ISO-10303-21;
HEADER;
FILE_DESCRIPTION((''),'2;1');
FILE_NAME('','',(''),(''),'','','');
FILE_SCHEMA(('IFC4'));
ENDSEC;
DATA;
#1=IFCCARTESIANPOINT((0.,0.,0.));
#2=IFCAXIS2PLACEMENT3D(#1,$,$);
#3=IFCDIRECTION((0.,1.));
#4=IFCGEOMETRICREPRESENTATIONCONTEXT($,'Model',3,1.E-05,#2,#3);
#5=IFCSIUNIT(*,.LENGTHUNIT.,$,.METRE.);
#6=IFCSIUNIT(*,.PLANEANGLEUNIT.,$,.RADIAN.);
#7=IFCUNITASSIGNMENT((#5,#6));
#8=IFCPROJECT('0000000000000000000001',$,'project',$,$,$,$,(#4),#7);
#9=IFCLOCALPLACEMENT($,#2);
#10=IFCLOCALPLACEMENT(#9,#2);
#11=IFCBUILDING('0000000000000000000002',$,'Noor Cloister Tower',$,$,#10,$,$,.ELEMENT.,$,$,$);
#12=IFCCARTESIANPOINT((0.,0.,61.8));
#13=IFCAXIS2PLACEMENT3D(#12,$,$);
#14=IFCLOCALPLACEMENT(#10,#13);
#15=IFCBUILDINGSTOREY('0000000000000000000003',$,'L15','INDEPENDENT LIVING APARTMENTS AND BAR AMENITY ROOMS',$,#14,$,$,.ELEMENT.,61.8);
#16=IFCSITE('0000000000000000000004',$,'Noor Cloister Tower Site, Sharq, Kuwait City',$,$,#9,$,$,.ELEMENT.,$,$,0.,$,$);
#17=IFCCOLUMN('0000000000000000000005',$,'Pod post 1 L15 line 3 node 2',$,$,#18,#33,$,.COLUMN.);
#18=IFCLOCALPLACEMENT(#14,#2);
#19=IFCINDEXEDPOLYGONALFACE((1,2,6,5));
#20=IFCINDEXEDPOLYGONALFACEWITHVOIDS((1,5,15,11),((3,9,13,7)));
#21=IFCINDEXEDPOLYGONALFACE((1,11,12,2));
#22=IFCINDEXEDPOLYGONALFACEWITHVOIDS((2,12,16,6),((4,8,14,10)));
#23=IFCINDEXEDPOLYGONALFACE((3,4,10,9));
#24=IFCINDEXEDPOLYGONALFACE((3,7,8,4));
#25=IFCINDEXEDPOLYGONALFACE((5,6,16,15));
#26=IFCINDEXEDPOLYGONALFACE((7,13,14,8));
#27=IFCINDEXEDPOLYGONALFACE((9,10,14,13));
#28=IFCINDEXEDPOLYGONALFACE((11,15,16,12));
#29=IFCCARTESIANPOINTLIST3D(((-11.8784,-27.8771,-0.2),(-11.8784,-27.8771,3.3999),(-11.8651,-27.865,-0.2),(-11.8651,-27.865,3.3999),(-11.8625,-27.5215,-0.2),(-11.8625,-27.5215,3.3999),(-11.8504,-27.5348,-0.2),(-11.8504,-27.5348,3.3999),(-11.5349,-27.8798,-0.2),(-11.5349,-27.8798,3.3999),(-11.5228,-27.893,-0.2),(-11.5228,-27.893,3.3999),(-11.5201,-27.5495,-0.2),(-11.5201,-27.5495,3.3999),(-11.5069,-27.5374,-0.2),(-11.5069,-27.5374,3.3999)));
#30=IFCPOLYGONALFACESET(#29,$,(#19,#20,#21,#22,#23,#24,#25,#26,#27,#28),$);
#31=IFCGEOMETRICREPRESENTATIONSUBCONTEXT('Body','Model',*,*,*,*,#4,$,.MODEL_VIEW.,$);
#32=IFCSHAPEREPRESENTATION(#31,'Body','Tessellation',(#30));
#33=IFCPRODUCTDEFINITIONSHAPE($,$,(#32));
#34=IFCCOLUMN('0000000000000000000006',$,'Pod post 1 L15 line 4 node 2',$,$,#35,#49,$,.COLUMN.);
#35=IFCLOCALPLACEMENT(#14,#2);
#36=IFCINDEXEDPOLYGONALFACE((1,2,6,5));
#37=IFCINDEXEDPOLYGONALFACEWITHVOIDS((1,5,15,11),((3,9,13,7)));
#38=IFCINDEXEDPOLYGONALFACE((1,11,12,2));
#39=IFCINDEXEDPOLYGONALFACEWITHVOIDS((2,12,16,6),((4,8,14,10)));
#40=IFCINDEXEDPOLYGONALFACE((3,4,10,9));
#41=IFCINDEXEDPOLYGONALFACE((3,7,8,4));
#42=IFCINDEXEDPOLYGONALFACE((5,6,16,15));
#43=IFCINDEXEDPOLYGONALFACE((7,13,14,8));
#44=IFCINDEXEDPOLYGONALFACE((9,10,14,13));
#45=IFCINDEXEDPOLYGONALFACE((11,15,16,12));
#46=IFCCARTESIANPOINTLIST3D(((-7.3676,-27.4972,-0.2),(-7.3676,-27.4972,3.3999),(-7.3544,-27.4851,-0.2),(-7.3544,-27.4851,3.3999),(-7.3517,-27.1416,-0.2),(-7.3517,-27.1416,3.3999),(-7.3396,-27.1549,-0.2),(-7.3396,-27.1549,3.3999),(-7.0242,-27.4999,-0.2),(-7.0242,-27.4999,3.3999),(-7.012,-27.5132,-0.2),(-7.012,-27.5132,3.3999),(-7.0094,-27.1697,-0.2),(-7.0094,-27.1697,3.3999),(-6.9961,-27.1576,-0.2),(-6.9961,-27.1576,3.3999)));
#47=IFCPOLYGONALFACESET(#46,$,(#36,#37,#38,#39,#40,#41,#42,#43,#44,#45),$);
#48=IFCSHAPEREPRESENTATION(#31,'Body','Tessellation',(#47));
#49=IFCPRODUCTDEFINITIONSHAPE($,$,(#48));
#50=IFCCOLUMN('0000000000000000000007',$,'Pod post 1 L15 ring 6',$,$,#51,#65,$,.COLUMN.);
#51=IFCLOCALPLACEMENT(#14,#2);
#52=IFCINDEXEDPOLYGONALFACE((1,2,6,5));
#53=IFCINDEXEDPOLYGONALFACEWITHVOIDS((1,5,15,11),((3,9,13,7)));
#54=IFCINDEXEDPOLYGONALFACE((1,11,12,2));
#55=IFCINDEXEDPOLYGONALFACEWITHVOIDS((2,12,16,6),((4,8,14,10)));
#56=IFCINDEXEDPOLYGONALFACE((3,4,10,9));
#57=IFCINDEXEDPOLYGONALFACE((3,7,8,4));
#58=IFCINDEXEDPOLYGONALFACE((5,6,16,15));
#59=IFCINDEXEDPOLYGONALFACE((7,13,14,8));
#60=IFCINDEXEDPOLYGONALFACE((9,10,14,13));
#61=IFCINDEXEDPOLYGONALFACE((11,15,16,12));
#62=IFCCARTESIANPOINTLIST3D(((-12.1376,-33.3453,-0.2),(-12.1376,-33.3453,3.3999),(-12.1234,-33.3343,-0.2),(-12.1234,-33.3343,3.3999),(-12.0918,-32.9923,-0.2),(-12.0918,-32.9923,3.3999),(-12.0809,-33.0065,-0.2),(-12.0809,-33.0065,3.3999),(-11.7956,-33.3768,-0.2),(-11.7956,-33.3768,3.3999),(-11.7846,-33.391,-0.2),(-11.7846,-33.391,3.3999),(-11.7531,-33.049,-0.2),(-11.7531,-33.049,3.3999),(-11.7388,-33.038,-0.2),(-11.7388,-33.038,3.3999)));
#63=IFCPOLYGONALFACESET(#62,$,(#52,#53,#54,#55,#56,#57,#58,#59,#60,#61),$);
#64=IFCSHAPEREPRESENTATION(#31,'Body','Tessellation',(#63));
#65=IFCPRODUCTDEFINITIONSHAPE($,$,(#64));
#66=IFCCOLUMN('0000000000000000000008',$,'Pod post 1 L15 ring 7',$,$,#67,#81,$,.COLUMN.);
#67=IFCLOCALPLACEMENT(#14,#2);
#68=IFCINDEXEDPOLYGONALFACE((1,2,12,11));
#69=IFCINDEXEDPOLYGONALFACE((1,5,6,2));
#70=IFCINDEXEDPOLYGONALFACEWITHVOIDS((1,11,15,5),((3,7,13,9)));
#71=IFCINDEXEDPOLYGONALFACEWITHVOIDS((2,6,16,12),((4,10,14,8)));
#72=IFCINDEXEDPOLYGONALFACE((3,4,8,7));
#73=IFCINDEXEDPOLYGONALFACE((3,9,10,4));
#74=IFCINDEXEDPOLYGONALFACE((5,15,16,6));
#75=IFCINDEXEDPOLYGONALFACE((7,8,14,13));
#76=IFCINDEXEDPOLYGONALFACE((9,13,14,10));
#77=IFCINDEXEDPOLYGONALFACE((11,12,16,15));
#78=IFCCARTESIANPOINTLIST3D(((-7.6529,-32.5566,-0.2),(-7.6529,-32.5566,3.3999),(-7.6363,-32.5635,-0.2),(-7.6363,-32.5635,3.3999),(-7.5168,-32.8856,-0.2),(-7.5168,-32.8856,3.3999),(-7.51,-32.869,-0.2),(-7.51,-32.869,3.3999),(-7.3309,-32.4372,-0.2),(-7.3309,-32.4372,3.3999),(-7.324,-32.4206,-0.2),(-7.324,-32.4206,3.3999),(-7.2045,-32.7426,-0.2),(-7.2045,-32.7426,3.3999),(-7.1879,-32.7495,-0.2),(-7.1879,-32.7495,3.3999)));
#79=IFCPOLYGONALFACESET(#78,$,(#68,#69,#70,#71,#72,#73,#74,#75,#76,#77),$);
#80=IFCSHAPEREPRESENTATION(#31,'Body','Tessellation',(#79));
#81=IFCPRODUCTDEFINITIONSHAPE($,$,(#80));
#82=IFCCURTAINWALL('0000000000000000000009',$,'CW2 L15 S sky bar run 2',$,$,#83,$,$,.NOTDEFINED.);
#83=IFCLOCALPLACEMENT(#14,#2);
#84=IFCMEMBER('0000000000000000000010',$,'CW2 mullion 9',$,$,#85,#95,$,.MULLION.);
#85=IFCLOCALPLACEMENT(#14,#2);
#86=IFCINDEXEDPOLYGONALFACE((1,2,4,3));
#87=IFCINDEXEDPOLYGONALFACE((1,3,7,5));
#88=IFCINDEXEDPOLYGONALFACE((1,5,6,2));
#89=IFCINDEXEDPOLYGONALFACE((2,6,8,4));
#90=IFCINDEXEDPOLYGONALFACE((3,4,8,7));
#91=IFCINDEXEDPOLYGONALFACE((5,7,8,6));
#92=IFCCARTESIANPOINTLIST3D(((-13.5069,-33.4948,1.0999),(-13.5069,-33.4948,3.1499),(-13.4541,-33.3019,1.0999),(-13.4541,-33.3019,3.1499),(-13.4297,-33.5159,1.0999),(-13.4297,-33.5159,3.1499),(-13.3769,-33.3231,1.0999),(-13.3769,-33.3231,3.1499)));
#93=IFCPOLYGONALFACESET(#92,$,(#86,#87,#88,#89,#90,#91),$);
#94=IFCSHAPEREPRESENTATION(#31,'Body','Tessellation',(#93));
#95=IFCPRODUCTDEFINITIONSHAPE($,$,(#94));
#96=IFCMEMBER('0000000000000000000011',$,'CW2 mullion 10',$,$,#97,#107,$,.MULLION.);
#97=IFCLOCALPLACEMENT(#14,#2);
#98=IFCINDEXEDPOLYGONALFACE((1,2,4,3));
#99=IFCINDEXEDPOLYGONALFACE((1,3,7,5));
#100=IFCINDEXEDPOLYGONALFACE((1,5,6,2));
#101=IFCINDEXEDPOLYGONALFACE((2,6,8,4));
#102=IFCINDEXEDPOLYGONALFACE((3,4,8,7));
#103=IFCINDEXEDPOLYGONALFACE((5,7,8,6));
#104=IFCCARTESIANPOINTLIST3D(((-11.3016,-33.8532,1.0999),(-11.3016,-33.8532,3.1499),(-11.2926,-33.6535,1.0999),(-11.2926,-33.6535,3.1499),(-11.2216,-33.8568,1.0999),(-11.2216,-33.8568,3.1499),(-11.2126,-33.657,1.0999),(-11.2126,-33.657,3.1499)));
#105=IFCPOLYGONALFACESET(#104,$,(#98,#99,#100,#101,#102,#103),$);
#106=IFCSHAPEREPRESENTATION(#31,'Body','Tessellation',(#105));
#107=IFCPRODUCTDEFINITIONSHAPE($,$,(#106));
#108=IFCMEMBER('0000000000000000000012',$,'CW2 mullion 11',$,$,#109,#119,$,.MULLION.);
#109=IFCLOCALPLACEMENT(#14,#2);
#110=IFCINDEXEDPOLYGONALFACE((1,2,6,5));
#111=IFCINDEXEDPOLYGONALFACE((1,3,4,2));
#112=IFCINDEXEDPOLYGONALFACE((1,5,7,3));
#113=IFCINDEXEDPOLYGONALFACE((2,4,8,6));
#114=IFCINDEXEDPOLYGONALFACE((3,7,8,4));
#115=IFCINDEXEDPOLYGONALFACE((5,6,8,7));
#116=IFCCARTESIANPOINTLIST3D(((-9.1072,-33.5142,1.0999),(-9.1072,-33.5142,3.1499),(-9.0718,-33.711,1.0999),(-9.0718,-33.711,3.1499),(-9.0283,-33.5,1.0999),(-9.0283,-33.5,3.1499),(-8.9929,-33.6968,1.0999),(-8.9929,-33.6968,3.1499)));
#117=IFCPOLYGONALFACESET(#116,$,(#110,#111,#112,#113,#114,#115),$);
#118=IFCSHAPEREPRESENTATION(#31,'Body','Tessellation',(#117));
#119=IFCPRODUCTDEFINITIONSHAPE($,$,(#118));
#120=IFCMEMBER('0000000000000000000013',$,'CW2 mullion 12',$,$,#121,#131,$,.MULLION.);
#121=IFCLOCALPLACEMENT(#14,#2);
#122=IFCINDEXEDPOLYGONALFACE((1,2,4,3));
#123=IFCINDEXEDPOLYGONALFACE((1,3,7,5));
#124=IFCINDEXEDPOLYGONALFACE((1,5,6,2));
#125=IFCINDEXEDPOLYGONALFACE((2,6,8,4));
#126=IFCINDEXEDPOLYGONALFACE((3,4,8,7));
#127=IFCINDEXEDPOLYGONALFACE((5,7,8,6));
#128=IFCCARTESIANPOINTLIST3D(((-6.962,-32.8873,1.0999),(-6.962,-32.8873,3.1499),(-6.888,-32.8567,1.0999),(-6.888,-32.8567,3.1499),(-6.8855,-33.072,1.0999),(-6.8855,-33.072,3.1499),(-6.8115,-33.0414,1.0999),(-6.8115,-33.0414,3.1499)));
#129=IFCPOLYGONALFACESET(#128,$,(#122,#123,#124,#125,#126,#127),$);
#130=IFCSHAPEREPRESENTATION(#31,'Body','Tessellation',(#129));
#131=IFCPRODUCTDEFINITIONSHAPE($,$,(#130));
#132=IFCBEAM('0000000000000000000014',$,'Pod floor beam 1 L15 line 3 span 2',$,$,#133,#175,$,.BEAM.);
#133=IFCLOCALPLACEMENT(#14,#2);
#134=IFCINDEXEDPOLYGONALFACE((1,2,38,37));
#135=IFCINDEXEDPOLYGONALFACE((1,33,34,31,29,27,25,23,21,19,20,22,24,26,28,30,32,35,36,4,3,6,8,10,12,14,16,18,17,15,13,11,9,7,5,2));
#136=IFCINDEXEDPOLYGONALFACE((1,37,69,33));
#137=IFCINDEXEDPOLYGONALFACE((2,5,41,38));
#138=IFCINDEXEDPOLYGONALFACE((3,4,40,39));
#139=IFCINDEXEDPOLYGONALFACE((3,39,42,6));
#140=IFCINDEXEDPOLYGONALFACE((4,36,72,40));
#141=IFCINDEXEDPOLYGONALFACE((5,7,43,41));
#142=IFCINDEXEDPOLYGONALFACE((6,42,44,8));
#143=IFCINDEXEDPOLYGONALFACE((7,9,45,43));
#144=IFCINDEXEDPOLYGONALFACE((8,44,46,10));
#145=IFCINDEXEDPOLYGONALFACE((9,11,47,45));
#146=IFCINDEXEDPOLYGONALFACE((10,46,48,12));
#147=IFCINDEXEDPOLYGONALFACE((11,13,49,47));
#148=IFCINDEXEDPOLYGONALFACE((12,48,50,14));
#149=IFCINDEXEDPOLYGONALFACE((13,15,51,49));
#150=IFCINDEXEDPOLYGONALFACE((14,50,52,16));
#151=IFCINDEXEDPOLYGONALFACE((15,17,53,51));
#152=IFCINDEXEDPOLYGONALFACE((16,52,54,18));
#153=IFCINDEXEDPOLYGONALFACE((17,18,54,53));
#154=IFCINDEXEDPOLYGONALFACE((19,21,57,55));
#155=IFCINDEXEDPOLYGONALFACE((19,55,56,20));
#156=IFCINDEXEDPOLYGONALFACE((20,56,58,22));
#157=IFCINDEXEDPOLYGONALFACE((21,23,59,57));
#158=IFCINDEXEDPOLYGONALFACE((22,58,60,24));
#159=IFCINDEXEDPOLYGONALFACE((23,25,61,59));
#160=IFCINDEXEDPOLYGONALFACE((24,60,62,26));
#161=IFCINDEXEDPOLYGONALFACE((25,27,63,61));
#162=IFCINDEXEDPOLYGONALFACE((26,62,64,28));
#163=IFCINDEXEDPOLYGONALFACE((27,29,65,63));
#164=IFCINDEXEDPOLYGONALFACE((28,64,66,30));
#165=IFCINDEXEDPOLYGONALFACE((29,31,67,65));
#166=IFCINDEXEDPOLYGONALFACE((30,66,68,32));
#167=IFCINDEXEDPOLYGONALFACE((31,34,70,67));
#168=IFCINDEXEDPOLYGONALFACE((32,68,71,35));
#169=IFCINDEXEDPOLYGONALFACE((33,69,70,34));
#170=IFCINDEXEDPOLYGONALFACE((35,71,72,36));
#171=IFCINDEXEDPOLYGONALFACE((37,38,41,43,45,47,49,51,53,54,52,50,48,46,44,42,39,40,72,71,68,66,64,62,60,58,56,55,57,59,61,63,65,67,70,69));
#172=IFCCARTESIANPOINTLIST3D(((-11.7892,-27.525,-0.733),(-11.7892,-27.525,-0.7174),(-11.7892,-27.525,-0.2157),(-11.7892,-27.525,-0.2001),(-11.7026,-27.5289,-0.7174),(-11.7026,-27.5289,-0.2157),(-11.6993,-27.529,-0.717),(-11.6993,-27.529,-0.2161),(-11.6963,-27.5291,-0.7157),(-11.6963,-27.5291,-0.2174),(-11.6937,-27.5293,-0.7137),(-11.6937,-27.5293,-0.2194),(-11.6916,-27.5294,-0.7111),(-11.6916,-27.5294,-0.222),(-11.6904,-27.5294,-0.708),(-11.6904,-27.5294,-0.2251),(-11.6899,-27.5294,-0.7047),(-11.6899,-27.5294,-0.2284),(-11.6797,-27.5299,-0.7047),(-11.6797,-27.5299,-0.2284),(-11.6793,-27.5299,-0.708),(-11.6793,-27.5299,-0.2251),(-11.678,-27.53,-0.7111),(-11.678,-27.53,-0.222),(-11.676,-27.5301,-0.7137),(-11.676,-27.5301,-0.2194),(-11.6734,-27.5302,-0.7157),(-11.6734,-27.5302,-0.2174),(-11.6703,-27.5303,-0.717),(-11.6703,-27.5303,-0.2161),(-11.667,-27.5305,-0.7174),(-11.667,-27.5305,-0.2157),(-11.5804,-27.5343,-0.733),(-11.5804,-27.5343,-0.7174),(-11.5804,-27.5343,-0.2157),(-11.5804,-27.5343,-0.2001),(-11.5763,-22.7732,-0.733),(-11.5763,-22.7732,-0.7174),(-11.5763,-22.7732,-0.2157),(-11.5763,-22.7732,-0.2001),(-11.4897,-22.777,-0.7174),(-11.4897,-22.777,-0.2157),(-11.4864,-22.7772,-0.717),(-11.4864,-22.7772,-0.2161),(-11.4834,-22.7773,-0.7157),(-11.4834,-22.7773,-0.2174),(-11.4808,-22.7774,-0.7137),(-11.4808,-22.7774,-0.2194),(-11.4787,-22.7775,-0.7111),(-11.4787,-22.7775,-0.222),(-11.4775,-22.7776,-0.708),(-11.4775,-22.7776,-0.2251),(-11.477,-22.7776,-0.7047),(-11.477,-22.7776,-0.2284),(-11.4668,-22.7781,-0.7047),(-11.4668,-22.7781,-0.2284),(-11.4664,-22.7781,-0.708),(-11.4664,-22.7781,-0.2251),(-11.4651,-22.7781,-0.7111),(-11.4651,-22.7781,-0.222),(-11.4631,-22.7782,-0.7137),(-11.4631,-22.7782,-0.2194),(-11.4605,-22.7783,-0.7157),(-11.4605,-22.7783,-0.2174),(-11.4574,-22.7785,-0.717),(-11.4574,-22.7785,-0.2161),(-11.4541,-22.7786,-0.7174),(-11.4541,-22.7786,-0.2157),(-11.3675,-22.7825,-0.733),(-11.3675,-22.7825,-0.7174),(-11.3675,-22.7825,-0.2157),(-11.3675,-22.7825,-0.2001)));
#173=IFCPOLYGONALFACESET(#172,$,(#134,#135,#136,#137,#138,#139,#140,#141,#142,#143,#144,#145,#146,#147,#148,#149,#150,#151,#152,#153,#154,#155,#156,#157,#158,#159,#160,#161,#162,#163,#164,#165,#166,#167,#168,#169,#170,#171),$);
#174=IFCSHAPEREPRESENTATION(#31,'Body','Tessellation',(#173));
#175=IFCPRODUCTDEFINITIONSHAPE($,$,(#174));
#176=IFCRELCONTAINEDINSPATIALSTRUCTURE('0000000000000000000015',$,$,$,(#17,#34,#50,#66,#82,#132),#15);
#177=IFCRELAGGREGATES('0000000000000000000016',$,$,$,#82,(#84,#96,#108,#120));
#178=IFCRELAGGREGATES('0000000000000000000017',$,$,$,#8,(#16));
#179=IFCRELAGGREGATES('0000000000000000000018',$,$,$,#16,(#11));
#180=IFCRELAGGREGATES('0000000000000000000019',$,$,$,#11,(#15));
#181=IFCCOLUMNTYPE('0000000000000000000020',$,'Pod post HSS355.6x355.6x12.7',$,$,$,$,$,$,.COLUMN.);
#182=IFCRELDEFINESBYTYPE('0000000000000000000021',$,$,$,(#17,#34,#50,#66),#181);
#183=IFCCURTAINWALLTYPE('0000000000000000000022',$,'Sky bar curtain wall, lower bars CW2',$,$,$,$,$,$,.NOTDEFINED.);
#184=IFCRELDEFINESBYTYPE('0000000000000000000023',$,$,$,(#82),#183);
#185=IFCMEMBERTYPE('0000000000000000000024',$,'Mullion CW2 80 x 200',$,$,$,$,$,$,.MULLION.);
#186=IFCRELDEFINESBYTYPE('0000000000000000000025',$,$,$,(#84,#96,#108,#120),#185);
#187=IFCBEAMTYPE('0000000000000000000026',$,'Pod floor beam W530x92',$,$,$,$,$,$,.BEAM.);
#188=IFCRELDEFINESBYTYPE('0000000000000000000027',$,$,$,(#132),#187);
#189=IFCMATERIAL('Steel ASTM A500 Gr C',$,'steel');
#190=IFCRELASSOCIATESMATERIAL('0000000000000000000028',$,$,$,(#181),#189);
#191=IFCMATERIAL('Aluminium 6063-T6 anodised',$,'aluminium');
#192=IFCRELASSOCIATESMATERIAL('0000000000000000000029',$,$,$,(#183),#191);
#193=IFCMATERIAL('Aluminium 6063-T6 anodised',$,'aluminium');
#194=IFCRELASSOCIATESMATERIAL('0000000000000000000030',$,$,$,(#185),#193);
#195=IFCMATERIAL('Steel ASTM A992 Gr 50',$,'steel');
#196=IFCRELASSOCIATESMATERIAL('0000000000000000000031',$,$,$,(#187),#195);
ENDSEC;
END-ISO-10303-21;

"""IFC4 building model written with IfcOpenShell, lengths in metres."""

from ifc_helpers import new_model, si_unit, direction, frame, origin, origin_2d, place, context, subcontext, project, spatial, rectangle, hollow_rectangle, i_section, extrude, material, material_profile, profile_set, type_object, element, aggregate, save


model = new_model("IFC4")

# Units and contexts
model_context = context("Model", 3, precision=1e-05, world=origin(), true_north=direction((0.0, 1.0)))
body_context = subcontext(model_context, "Body", "Model", "MODEL_VIEW")
ifc_project = project(units=[si_unit("LENGTHUNIT", "METRE"), si_unit("PLANEANGLEUNIT", "RADIAN")], contexts=[model_context])

# Site, building, storey
site_placement = place(None, origin())
site = spatial("IfcSite", under=ifc_project, at=site_placement, Name="Noor Cloister Tower Site, Sharq, Kuwait City", CompositionType="ELEMENT", RefElevation=0.0)
building_placement = place(site_placement, origin())
building = spatial("IfcBuilding", under=site, at=building_placement, Name="Noor Cloister Tower", CompositionType="ELEMENT")
storey_placement = place(building_placement, frame((0.0, 0.0, 61.8)))
storey = spatial("IfcBuildingStorey", under=building, at=storey_placement, Name="L15", Description="INDEPENDENT LIVING APARTMENTS AND BAR AMENITY ROOMS", CompositionType="ELEMENT", Elevation=61.8)

# Columns
ifc_material_1 = material(Name="Steel ASTM A500 Gr C", Category="steel")
ifc_material_profile_1 = material_profile(ifc_material_1, hollow_rectangle(XDim=0.356, YDim=0.356, WallThickness=0.0127, at=origin_2d()), Name="HSS355.6x355.6x12.7")
ifc_profile_set_1 = profile_set([ifc_material_profile_1], Name="Steel ASTM A500 Gr C")
column_type = type_object("IfcColumnType", Name="Pod post HSS355.6x355.6x12.7", PredefinedType="COLUMN", material=ifc_profile_set_1)
for number, where, z_axis, x_axis, name in (
    (1, (-11.6926, -27.7073, -0.2), (0.0, 0.0, 1.0), (-0.044724, -0.998999, 0.0), "Pod post 1 L15 line 3 node 2"),
    (2, (-7.1819, -27.3274, -0.2), (0.0, 0.0, 1.0), (-0.044724, -0.998999, 0.0), "Pod post 1 L15 line 4 node 2"),
    (3, (-11.9382, -33.1917, -0.2), (0.0, 0.0, 1.0), (0.991694, -0.128621, 0.0), "Pod post 1 L15 ring 6"),
    (4, (-7.4204, -32.6531, -0.2), (0.0, 0.0, 1.0), (0.924064, 0.382238, 0.0), "Pod post 1 L15 ring 7"),
):
    element("IfcColumn", number, at=place(storey_placement, frame(where, z_axis=z_axis, x_axis=x_axis)), inside=storey, type_object=column_type, Name=name, PredefinedType="COLUMN", context=body_context, shape_type="SweptSolid", body=[
        extrude(hollow_rectangle(XDim=0.356, YDim=0.356, WallThickness=0.0127, at=origin_2d()), origin(), (0.0, 0.0, 1.0), 3.5999),
    ])

# Curtain wall, members
ifc_material_2 = material(Name="Aluminium 6063-T6 anodised", Category="aluminium")
curtain_wall_type = type_object("IfcCurtainWallType", Name="Sky bar curtain wall, lower bars CW2", PredefinedType="NOTDEFINED", material=ifc_material_2)
curtain_wall_placement = place(storey_placement, origin())
curtain_wall = element("IfcCurtainWall", 5, at=curtain_wall_placement, inside=storey, type_object=curtain_wall_type, Name="CW2 L15 S sky bar run 2", PredefinedType="NOTDEFINED")
ifc_material_3 = material(Name="Aluminium 6063-T6 anodised", Category="aluminium")
ifc_material_profile_2 = material_profile(ifc_material_3, rectangle(XDim=0.2, YDim=0.0801, at=origin_2d()), Name="200 x 80 mullion")
ifc_profile_set_2 = profile_set([ifc_material_profile_2], Name="Aluminium 6063-T6 anodised")
member_type = type_object("IfcMemberType", Name="Mullion CW2 80 x 200", PredefinedType="MULLION", material=ifc_profile_set_2)
member_1_placement = place(storey_placement, frame((-13.4419, -33.4089, 1.0999), z_axis=(0.0, 0.0, 1.0), x_axis=(0.264226, 0.964461, 0.0)))
member_1 = element("IfcMember", 6, at=member_1_placement, type_object=member_type, Name="CW2 mullion 9", PredefinedType="MULLION", context=body_context, shape_type="SweptSolid", body=[
    extrude(rectangle(XDim=0.2, YDim=0.0801, at=origin_2d()), origin(), (0.0, 0.0, 1.0), 2.05),
])
member_2_placement = place(storey_placement, frame((-11.2571, -33.7551, 1.0999), z_axis=(0.0, 0.0, 1.0), x_axis=(0.044724, 0.998999, 0.0)))
member_2 = element("IfcMember", 7, at=member_2_placement, type_object=member_type, Name="CW2 mullion 10", PredefinedType="MULLION", context=body_context, shape_type="SweptSolid", body=[
    extrude(rectangle(XDim=0.2, YDim=0.0801, at=origin_2d()), origin(), (0.0, 0.0, 1.0), 2.05),
])
member_3_placement = place(storey_placement, frame((-9.05, -33.6055, 1.0999), z_axis=(0.0, 0.0, 1.0), x_axis=(-0.176986, 0.984213, 0.0)))
member_3 = element("IfcMember", 8, at=member_3_placement, type_object=member_type, Name="CW2 mullion 11", PredefinedType="MULLION", context=body_context, shape_type="SweptSolid", body=[
    extrude(rectangle(XDim=0.2, YDim=0.0801, at=origin_2d()), origin(), (0.0, 0.0, 1.0), 2.05),
])
member_4_placement = place(storey_placement, frame((-6.8867, -32.9644, 1.0999), z_axis=(0.0, 0.0, 1.0), x_axis=(-0.382555, 0.923933, 0.0)))
member_4 = element("IfcMember", 9, at=member_4_placement, type_object=member_type, Name="CW2 mullion 12", PredefinedType="MULLION", context=body_context, shape_type="SweptSolid", body=[
    extrude(rectangle(XDim=0.2, YDim=0.0801, at=origin_2d()), origin(), (0.0, 0.0, 1.0), 2.05),
])

# Beam
ifc_material_4 = material(Name="Steel ASTM A992 Gr 50", Category="steel")
ifc_material_profile_3 = material_profile(ifc_material_4, i_section(OverallWidth=0.209, OverallDepth=0.533, WebThickness=0.0103, FlangeThickness=0.0156, FilletRadius=0.0127, at=origin_2d()), Name="W530x92")
ifc_profile_set_3 = profile_set([ifc_material_profile_3], Name="Steel ASTM A992 Gr 50")
beam_type = type_object("IfcBeamType", Name="Pod floor beam W530x92", PredefinedType="BEAM", material=ifc_profile_set_3)
beam_1_placement = place(storey_placement, frame((-11.4719, -22.7778, -0.4666), z_axis=(-0.044758, -0.998998, 0.0), x_axis=(0.998998, -0.044758, 0.0)))
element("IfcBeam", 10, at=beam_1_placement, inside=storey, type_object=beam_type, Name="Pod floor beam 1 L15 line 3 span 2", PredefinedType="BEAM", context=body_context, shape_type="SweptSolid", body=[
    extrude(i_section(OverallWidth=0.209, OverallDepth=0.533, WebThickness=0.0103, FlangeThickness=0.0156, FilletRadius=0.0127, at=origin_2d()), origin(), (0.0, 0.0, 1.0), 4.7566),
])

aggregate(curtain_wall, [member_1, member_2, member_3, member_4])

save(model, "model.ifc")
